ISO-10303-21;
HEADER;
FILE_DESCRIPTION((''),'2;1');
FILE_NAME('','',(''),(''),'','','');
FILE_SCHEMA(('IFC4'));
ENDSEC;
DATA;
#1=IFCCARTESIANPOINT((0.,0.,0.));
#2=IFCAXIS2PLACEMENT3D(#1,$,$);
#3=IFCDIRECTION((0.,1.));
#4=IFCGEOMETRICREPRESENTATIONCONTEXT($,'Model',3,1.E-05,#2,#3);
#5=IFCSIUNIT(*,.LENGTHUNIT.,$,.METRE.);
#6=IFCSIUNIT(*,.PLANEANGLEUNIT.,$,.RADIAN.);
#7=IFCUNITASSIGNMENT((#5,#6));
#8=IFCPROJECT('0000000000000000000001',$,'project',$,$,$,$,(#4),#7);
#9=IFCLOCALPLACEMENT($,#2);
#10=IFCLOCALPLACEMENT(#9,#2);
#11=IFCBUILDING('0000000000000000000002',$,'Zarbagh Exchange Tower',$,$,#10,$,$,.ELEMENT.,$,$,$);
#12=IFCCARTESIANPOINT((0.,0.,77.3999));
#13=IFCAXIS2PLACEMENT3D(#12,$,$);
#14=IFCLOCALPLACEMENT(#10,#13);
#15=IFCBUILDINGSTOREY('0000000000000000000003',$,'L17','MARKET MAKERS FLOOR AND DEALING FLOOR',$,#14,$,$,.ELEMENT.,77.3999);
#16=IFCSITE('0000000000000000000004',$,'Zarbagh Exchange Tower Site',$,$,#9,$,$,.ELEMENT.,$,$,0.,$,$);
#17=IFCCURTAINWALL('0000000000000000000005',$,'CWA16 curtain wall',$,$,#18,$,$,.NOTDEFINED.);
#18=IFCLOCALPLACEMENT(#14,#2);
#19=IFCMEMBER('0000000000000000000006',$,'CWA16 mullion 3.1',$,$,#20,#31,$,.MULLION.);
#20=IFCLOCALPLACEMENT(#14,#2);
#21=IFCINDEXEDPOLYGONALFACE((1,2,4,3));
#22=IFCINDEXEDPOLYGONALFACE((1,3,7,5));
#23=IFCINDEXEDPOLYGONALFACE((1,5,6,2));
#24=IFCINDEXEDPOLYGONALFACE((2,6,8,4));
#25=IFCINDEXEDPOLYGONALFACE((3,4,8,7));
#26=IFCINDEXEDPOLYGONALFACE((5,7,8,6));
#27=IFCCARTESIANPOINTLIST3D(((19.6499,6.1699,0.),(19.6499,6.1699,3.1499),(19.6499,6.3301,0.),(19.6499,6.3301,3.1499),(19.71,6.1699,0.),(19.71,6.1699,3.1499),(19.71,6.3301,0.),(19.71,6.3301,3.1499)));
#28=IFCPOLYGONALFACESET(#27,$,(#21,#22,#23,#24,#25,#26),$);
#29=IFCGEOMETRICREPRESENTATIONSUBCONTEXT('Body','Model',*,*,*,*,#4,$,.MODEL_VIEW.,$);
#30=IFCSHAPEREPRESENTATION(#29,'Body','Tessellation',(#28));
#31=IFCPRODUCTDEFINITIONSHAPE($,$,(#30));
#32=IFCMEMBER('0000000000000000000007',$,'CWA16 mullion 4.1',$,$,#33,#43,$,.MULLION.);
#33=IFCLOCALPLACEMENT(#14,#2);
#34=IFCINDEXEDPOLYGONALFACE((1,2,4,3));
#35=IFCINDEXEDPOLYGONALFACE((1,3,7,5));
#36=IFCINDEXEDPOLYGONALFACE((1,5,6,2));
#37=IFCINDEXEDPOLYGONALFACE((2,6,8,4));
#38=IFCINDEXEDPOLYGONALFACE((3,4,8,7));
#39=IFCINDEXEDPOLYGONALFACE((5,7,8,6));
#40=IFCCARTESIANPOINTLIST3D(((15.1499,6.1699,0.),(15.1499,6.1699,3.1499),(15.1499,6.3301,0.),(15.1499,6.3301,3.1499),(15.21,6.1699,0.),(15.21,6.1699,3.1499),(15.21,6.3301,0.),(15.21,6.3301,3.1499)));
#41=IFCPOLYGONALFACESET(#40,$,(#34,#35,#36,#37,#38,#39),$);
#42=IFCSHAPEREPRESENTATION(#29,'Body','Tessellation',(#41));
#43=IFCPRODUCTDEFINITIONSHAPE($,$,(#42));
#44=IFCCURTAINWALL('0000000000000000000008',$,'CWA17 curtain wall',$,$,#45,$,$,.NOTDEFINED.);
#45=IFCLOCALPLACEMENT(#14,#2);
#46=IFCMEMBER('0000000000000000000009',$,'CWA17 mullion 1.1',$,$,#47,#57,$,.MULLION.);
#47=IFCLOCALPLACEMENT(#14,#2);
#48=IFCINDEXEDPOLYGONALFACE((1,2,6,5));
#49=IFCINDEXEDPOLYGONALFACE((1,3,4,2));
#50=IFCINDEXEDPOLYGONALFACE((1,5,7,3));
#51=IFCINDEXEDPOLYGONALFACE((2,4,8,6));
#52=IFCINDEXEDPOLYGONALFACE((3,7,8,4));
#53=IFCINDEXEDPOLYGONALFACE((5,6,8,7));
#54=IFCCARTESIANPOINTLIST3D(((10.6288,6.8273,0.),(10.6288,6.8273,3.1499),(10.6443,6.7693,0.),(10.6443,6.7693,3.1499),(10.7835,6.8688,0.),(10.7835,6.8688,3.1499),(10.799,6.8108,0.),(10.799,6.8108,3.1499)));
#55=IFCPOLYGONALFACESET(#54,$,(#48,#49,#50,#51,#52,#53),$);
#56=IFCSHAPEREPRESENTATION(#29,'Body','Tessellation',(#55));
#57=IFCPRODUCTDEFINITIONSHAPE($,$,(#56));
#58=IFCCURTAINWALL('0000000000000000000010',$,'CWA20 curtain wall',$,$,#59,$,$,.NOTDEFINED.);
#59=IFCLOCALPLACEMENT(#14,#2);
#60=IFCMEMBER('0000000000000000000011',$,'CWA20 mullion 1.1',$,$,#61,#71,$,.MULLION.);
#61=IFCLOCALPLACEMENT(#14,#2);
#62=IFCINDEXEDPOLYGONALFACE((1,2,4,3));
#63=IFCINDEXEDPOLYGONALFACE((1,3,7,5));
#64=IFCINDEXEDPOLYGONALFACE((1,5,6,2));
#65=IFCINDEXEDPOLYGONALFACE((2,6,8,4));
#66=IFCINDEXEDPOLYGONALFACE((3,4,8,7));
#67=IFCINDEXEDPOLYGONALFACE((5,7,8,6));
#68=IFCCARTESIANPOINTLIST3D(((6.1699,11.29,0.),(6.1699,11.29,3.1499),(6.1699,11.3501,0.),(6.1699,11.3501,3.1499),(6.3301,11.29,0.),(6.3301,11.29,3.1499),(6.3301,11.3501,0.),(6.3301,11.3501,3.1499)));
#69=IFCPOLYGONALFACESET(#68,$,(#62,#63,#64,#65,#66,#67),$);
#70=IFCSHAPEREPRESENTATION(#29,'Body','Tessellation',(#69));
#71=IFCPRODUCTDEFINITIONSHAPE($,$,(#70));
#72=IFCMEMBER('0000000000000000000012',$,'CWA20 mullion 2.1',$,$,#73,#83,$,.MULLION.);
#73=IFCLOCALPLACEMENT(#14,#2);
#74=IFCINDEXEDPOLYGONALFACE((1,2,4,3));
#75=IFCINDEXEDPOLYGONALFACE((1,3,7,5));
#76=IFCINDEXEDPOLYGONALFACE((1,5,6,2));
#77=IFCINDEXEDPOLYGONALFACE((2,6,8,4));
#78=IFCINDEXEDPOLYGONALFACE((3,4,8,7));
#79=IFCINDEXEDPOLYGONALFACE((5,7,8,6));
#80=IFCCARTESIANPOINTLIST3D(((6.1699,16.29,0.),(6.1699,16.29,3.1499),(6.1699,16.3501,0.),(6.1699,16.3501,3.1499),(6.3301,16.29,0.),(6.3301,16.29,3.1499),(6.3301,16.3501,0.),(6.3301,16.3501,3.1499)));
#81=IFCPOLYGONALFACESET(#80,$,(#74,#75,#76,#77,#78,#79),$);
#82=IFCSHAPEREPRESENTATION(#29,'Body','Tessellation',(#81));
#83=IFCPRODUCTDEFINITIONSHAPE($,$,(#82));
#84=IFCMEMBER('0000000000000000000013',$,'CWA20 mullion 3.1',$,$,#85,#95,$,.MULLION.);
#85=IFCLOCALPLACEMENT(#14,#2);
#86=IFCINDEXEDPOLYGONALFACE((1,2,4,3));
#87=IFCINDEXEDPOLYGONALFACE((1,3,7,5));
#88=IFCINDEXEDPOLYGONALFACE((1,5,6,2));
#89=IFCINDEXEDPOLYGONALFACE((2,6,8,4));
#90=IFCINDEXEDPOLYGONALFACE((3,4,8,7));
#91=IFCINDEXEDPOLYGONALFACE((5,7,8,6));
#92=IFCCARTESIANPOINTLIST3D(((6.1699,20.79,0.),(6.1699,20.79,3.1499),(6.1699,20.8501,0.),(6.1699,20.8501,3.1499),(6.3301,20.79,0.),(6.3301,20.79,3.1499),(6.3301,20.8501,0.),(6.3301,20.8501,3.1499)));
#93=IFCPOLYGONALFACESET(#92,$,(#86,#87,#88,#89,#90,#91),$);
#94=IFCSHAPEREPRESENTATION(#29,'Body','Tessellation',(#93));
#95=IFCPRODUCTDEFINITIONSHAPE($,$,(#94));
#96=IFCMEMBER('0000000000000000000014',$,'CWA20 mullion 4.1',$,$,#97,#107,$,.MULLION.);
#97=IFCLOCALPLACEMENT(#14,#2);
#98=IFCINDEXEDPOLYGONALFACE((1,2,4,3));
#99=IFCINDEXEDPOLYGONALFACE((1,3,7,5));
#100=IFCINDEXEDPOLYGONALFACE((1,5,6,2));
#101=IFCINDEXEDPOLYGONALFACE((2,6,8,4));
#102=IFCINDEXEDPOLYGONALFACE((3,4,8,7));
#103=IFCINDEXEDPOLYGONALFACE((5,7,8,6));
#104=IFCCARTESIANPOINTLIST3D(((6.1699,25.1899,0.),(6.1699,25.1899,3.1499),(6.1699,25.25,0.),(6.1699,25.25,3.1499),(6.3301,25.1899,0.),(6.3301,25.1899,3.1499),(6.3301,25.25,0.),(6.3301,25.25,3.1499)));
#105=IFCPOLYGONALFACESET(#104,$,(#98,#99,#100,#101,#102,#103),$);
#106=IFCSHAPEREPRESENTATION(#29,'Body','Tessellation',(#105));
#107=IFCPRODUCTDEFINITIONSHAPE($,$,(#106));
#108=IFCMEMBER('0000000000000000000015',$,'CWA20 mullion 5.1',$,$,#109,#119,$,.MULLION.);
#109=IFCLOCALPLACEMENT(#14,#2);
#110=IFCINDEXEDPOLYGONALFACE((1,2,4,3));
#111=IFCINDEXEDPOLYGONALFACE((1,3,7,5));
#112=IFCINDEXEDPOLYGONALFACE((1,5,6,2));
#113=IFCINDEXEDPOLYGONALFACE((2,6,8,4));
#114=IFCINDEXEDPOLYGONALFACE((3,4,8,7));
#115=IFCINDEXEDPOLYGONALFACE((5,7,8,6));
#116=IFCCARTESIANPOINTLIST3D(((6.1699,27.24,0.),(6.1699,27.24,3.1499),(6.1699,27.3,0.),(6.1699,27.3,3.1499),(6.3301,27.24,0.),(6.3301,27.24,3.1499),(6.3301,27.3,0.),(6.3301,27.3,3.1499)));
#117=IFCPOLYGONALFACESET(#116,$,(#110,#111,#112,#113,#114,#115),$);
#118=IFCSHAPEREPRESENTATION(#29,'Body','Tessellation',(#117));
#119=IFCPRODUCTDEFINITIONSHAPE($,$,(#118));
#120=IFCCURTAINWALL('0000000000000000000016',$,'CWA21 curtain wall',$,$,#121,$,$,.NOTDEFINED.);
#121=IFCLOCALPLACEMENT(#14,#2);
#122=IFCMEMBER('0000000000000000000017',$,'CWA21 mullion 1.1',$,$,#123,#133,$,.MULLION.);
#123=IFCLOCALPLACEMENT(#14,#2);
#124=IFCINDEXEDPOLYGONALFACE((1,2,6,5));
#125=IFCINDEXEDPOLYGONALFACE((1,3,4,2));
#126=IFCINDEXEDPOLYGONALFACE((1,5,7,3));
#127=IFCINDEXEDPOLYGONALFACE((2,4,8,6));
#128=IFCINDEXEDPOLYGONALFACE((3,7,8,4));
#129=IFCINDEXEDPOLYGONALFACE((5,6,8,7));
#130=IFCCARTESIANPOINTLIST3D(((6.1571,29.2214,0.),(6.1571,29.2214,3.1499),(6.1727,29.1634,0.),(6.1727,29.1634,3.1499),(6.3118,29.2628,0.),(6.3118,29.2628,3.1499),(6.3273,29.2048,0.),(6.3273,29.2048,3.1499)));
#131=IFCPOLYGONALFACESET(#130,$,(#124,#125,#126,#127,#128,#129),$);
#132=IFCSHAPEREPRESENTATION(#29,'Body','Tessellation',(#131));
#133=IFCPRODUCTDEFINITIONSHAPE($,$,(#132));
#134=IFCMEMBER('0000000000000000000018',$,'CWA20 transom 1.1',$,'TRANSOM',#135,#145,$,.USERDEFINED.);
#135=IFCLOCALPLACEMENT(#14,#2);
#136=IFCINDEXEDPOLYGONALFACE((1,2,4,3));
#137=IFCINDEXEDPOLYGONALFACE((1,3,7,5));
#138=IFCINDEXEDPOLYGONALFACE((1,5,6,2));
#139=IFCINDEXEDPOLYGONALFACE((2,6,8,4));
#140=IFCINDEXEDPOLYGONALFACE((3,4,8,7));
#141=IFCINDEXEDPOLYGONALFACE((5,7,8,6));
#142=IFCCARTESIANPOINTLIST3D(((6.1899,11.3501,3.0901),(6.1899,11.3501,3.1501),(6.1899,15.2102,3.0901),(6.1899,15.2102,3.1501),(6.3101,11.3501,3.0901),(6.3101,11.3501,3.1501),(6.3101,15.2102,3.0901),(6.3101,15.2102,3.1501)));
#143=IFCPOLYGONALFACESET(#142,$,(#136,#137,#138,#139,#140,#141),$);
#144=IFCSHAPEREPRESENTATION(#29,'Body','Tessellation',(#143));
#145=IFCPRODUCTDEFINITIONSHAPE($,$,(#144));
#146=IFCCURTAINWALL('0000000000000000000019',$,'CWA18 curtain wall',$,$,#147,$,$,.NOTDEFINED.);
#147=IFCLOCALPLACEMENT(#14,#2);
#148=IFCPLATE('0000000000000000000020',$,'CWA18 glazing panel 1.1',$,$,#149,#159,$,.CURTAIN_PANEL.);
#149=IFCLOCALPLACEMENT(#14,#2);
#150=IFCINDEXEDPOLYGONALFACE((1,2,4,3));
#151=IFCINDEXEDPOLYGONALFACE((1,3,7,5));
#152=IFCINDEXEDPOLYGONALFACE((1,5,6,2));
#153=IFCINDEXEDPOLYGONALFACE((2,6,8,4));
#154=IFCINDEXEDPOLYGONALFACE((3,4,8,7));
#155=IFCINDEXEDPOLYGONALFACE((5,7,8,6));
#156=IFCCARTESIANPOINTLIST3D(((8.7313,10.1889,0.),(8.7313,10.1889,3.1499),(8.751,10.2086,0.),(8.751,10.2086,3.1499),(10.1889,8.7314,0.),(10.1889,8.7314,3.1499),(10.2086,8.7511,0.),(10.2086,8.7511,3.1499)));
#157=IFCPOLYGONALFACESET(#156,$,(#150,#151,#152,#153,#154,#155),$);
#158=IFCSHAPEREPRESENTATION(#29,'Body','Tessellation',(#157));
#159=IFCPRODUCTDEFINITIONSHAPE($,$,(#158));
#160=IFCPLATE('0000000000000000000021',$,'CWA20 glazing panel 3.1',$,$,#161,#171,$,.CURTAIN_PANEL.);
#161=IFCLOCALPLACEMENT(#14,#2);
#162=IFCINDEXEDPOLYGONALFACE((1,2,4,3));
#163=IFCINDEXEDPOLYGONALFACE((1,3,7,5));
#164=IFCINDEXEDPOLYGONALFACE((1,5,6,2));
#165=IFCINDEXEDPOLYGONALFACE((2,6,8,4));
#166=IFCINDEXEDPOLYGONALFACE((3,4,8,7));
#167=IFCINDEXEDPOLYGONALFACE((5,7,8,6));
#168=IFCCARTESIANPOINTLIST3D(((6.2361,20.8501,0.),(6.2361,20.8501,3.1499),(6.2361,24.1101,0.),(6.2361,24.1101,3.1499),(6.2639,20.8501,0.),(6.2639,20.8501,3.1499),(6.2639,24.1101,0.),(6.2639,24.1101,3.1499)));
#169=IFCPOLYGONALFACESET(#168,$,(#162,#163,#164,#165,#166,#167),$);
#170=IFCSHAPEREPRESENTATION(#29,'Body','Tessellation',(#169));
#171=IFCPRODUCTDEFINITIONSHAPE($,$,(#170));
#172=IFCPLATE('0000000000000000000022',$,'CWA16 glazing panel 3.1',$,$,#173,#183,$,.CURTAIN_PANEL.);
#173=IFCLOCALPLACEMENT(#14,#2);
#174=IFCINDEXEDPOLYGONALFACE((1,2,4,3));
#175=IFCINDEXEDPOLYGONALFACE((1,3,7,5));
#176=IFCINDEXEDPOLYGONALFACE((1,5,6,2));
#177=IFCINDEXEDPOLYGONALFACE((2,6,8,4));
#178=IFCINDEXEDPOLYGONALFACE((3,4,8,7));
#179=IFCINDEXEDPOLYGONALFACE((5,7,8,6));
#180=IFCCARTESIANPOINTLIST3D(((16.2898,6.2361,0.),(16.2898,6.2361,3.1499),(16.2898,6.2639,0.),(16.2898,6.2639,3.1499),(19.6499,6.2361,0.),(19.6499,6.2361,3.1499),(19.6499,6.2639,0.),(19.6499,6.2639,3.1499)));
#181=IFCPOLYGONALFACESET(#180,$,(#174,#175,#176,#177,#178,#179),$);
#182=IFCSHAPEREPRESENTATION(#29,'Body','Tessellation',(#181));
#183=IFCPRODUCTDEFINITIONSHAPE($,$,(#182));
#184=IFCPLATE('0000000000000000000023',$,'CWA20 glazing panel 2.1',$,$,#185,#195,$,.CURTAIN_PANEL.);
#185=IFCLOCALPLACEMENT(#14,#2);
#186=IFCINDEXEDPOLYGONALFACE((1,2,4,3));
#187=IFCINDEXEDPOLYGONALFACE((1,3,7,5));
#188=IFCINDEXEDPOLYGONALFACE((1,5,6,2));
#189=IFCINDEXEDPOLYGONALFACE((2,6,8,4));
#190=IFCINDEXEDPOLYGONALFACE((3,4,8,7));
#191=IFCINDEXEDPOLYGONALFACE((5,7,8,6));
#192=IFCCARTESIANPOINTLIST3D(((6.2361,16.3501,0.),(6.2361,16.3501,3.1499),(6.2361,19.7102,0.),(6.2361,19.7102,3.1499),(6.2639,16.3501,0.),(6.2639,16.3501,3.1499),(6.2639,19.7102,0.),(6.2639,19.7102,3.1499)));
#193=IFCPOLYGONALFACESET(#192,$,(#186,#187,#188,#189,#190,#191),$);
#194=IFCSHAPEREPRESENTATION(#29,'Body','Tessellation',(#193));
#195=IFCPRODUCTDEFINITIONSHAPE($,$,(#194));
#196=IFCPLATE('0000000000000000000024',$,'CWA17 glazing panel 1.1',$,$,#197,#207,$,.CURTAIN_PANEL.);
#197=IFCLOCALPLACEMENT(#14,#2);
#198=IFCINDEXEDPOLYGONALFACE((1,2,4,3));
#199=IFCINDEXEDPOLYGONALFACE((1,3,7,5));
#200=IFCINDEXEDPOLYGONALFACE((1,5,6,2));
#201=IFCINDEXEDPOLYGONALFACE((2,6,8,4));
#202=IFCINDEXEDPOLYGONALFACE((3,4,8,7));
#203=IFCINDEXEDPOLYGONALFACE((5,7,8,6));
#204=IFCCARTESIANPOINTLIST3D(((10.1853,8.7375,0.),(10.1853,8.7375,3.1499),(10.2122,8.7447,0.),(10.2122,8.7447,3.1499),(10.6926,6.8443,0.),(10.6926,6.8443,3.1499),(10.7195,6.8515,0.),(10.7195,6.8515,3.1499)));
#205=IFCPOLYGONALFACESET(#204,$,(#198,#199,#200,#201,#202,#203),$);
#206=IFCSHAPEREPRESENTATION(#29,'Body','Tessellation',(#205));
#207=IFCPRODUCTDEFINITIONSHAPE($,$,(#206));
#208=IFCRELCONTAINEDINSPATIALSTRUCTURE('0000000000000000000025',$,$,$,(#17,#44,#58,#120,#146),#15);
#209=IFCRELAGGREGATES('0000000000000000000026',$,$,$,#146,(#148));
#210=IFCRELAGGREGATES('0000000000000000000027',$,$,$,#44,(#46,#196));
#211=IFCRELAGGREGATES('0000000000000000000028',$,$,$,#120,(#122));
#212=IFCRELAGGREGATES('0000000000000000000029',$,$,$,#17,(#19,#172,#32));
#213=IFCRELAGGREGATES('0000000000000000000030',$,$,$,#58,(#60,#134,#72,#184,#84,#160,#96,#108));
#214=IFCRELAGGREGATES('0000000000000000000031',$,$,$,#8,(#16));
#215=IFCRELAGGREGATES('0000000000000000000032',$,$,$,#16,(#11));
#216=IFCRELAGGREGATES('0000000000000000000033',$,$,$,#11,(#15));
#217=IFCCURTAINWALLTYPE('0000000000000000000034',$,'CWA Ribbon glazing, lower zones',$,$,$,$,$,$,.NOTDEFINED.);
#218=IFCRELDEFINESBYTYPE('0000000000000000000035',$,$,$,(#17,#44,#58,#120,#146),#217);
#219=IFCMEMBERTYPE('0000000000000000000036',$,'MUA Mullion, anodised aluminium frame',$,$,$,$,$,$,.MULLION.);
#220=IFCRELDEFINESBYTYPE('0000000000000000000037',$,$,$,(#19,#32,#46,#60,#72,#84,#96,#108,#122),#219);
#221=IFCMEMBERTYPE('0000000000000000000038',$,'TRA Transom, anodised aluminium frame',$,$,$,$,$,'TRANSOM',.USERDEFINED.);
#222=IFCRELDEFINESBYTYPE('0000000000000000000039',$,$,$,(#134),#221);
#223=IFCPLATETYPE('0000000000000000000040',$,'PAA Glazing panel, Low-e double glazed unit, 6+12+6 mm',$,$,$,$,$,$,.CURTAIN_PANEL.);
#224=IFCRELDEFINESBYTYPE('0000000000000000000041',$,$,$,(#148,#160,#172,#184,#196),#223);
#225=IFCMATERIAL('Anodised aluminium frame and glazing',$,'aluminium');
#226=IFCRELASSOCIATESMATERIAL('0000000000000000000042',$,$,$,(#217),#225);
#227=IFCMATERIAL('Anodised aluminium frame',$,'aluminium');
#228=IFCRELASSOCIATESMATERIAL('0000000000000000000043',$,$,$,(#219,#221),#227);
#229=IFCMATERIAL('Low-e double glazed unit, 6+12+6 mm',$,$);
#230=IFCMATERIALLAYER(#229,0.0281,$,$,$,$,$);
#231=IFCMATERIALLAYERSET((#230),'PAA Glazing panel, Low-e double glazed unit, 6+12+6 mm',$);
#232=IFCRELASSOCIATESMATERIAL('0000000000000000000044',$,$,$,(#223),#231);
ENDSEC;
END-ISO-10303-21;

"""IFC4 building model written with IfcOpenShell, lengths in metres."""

from ifc_helpers import new_model, si_unit, direction, frame, origin, place, context, subcontext, project, spatial, polyline, outline, extrude, source, transform, mapped, material, layer, layer_set, type_object, element, aggregate, save


model = new_model("IFC4")

# Units and contexts
model_context = context("Model", 3, precision=1e-05, world=origin(), true_north=direction((0.0, 1.0)))
body_context = subcontext(model_context, "Body", "Model", "MODEL_VIEW")
ifc_project = project(units=[si_unit("LENGTHUNIT", "METRE"), si_unit("PLANEANGLEUNIT", "RADIAN")], contexts=[model_context])

# Site, building, storey
site_placement = place(None, origin())
site = spatial("IfcSite", under=ifc_project, at=site_placement, Name="Zarbagh Exchange Tower Site", CompositionType="ELEMENT", RefElevation=0.0)
building_placement = place(site_placement, origin())
building = spatial("IfcBuilding", under=site, at=building_placement, Name="Zarbagh Exchange Tower", CompositionType="ELEMENT")
storey_placement = place(building_placement, frame((0.0, 0.0, 77.3999)))
storey = spatial("IfcBuildingStorey", under=building, at=storey_placement, Name="L17", Description="MARKET MAKERS FLOOR AND DEALING FLOOR", CompositionType="ELEMENT", Elevation=77.3999)

# Curtain wall, members
ifc_material_1 = material(Name="Anodised aluminium frame and glazing", Category="aluminium")
curtain_wall_type = type_object("IfcCurtainWallType", Name="CWA Ribbon glazing, lower zones", PredefinedType="NOTDEFINED", material=ifc_material_1)
curtain_wall_1_placement = place(storey_placement, origin())
curtain_wall_1 = element("IfcCurtainWall", 1, at=curtain_wall_1_placement, inside=storey, type_object=curtain_wall_type, Name="CWA16 curtain wall", PredefinedType="NOTDEFINED")
ifc_material_2 = material(Name="Anodised aluminium frame", Category="aluminium")
member_type_1 = type_object("IfcMemberType", Name="MUA Mullion, anodised aluminium frame", PredefinedType="MULLION", material=ifc_material_2)
shared_shape_1 = source(origin(), body_context, "Body", "SweptSolid", [
    extrude(outline(polyline([(0.0, -0.0801), (0.0601, -0.0801), (0.0601, 0.0801), (0.0, 0.0801), (0.0, -0.0801)])), origin(), (0.0, 0.0, 1.0), 3.1499),
])
placement = place(storey_placement, origin())
member_1 = element("IfcMember", 2, at=placement, type_object=member_type_1, Name="CWA16 mullion 3.1", PredefinedType="MULLION", context=body_context, shape_type="MappedRepresentation", body=[
    mapped(shared_shape_1, transform((19.71, 6.25, 0.0), x_axis=(-1.0, 0.0, 0.0), y_axis=(0.0, -1.0, 0.0), z_axis=(0.0, 0.0, 1.0))),
])
member_2 = element("IfcMember", 3, at=placement, type_object=member_type_1, Name="CWA16 mullion 4.1", PredefinedType="MULLION", context=body_context, shape_type="MappedRepresentation", body=[
    mapped(shared_shape_1, transform((15.21, 6.25, 0.0), x_axis=(-1.0, 0.0, 0.0), y_axis=(0.0, -1.0, 0.0), z_axis=(0.0, 0.0, 1.0))),
])

# Curtain wall, member
curtain_wall_2_placement = place(storey_placement, origin())
curtain_wall_2 = element("IfcCurtainWall", 4, at=curtain_wall_2_placement, inside=storey, type_object=curtain_wall_type, Name="CWA17 curtain wall", PredefinedType="NOTDEFINED")
member_3 = element("IfcMember", 5, at=placement, type_object=member_type_1, Name="CWA17 mullion 1.1", PredefinedType="MULLION", context=body_context, shape_type="MappedRepresentation", body=[
    mapped(shared_shape_1, transform((10.7217, 6.79, 0.0), x_axis=(-0.258825, 0.965924, 0.0), y_axis=(-0.965924, -0.258825, 0.0), z_axis=(0.0, 0.0, 1.0))),
])

# Curtain wall, members
curtain_wall_3_placement = place(storey_placement, origin())
curtain_wall_3 = element("IfcCurtainWall", 6, at=curtain_wall_3_placement, inside=storey, type_object=curtain_wall_type, Name="CWA20 curtain wall", PredefinedType="NOTDEFINED")
member_4 = element("IfcMember", 7, at=placement, type_object=member_type_1, Name="CWA20 mullion 1.1", PredefinedType="MULLION", context=body_context, shape_type="MappedRepresentation", body=[
    mapped(shared_shape_1, transform((6.25, 11.29, 0.0), x_axis=(0.0, 1.0, 0.0), y_axis=(-1.0, 0.0, 0.0), z_axis=(0.0, 0.0, 1.0))),
])
member_5 = element("IfcMember", 8, at=placement, type_object=member_type_1, Name="CWA20 mullion 2.1", PredefinedType="MULLION", context=body_context, shape_type="MappedRepresentation", body=[
    mapped(shared_shape_1, transform((6.25, 16.29, 0.0), x_axis=(0.0, 1.0, 0.0), y_axis=(-1.0, 0.0, 0.0), z_axis=(0.0, 0.0, 1.0))),
])
member_6 = element("IfcMember", 9, at=placement, type_object=member_type_1, Name="CWA20 mullion 3.1", PredefinedType="MULLION", context=body_context, shape_type="MappedRepresentation", body=[
    mapped(shared_shape_1, transform((6.25, 20.79, 0.0), x_axis=(0.0, 1.0, 0.0), y_axis=(-1.0, 0.0, 0.0), z_axis=(0.0, 0.0, 1.0))),
])
member_7 = element("IfcMember", 10, at=placement, type_object=member_type_1, Name="CWA20 mullion 4.1", PredefinedType="MULLION", context=body_context, shape_type="MappedRepresentation", body=[
    mapped(shared_shape_1, transform((6.25, 25.1899, 0.0), x_axis=(0.0, 1.0, 0.0), y_axis=(-1.0, 0.0, 0.0), z_axis=(0.0, 0.0, 1.0))),
])
member_8 = element("IfcMember", 11, at=placement, type_object=member_type_1, Name="CWA20 mullion 5.1", PredefinedType="MULLION", context=body_context, shape_type="MappedRepresentation", body=[
    mapped(shared_shape_1, transform((6.25, 27.24, 0.0), x_axis=(0.0, 1.0, 0.0), y_axis=(-1.0, 0.0, 0.0), z_axis=(0.0, 0.0, 1.0))),
])

# Curtain wall, member
curtain_wall_4_placement = place(storey_placement, origin())
curtain_wall_4 = element("IfcCurtainWall", 12, at=curtain_wall_4_placement, inside=storey, type_object=curtain_wall_type, Name="CWA21 curtain wall", PredefinedType="NOTDEFINED")
member_9 = element("IfcMember", 13, at=placement, type_object=member_type_1, Name="CWA21 mullion 1.1", PredefinedType="MULLION", context=body_context, shape_type="MappedRepresentation", body=[
    mapped(shared_shape_1, transform((6.25, 29.1841, 0.0), x_axis=(-0.258825, 0.965924, 0.0), y_axis=(-0.965924, -0.258825, 0.0), z_axis=(0.0, 0.0, 1.0))),
])

# Member
member_type_2 = type_object("IfcMemberType", Name="TRA Transom, anodised aluminium frame", ElementType="TRANSOM", PredefinedType="USERDEFINED", material=ifc_material_2)
shared_shape_2 = source(origin(), body_context, "Body", "SweptSolid", [
    extrude(outline(polyline([(-0.0601, -0.0601), (0.0, -0.0601), (0.0, 0.0601), (-0.0601, 0.0601), (-0.0601, -0.0601)])), origin(), (0.0, 0.0, 1.0), 3.8601),
])
member_10 = element("IfcMember", 14, at=placement, type_object=member_type_2, Name="CWA20 transom 1.1", ObjectType="TRANSOM", PredefinedType="USERDEFINED", context=body_context, shape_type="MappedRepresentation", body=[
    mapped(shared_shape_2, transform((6.25, 11.3501, 3.1501), x_axis=(0.0, 0.0, 1.0), y_axis=(1.0, 0.0, 0.0), z_axis=(0.0, 1.0, 0.0))),
])

# Curtain wall, plate
curtain_wall_5_placement = place(storey_placement, origin())
curtain_wall_5 = element("IfcCurtainWall", 15, at=curtain_wall_5_placement, inside=storey, type_object=curtain_wall_type, Name="CWA18 curtain wall", PredefinedType="NOTDEFINED")
ifc_material_3 = material(Name="Low-e double glazed unit, 6+12+6 mm")
ifc_layer_1 = layer(ifc_material_3, 0.0281)
ifc_layer_set_1 = layer_set([ifc_layer_1], Name="PAA Glazing panel, Low-e double glazed unit, 6+12+6 mm")
plate_type = type_object("IfcPlateType", Name="PAA Glazing panel, Low-e double glazed unit, 6+12+6 mm", PredefinedType="CURTAIN_PANEL", material=ifc_layer_set_1)
shared_shape_3 = source(origin(), body_context, "Body", "SweptSolid", [
    extrude(outline(polyline([(0.0, -0.0139), (2.0613, -0.0139), (2.0613, 0.0139), (0.0, 0.0139), (0.0, -0.0139)])), origin(), (0.0, 0.0, 1.0), 3.1499),
])
plate_1 = element("IfcPlate", 16, at=placement, type_object=plate_type, Name="CWA18 glazing panel 1.1", PredefinedType="CURTAIN_PANEL", context=body_context, shape_type="MappedRepresentation", body=[
    mapped(shared_shape_3, transform((10.1987, 8.7412, 0.0), x_axis=(-0.707107, 0.707107, 0.0), y_axis=(-0.707107, -0.707107, 0.0), z_axis=(0.0, 0.0, 1.0))),
])
aggregate(curtain_wall_5, [plate_1])

# Plates
shared_shape_4 = source(origin(), body_context, "Body", "SweptSolid", [
    extrude(outline(polyline([(0.0, -0.0139), (3.26, -0.0139), (3.26, 0.0139), (0.0, 0.0139), (0.0, -0.0139)])), origin(), (0.0, 0.0, 1.0), 3.1499),
])
plate_2 = element("IfcPlate", 17, at=placement, type_object=plate_type, Name="CWA20 glazing panel 3.1", PredefinedType="CURTAIN_PANEL", context=body_context, shape_type="MappedRepresentation", body=[
    mapped(shared_shape_4, transform((6.25, 20.8501, 0.0), x_axis=(0.0, 1.0, 0.0), y_axis=(-1.0, 0.0, 0.0), z_axis=(0.0, 0.0, 1.0))),
])
shared_shape_5 = source(origin(), body_context, "Body", "SweptSolid", [
    extrude(outline(polyline([(0.0, -0.0139), (3.3601, -0.0139), (3.3601, 0.0139), (0.0, 0.0139), (0.0, -0.0139)])), origin(), (0.0, 0.0, 1.0), 3.1499),
])
plate_3 = element("IfcPlate", 18, at=placement, type_object=plate_type, Name="CWA16 glazing panel 3.1", PredefinedType="CURTAIN_PANEL", context=body_context, shape_type="MappedRepresentation", body=[
    mapped(shared_shape_5, transform((19.6499, 6.25, 0.0), x_axis=(-1.0, 0.0, 0.0), y_axis=(0.0, -1.0, 0.0), z_axis=(0.0, 0.0, 1.0))),
])
plate_4 = element("IfcPlate", 19, at=placement, type_object=plate_type, Name="CWA20 glazing panel 2.1", PredefinedType="CURTAIN_PANEL", context=body_context, shape_type="MappedRepresentation", body=[
    mapped(shared_shape_5, transform((6.25, 16.3501, 0.0), x_axis=(0.0, 1.0, 0.0), y_axis=(-1.0, 0.0, 0.0), z_axis=(0.0, 0.0, 1.0))),
])
shared_shape_6 = source(origin(), body_context, "Body", "SweptSolid", [
    extrude(outline(polyline([(0.0, -0.0139), (1.96, -0.0139), (1.96, 0.0139), (0.0, 0.0139), (0.0, -0.0139)])), origin(), (0.0, 0.0, 1.0), 3.1499),
])
plate_5 = element("IfcPlate", 20, at=placement, type_object=plate_type, Name="CWA17 glazing panel 1.1", PredefinedType="CURTAIN_PANEL", context=body_context, shape_type="MappedRepresentation", body=[
    mapped(shared_shape_6, transform((10.7061, 6.8479, 0.0), x_axis=(-0.258825, 0.965924, 0.0), y_axis=(-0.965924, -0.258825, 0.0), z_axis=(0.0, 0.0, 1.0))),
])
aggregate(curtain_wall_2, [member_3, plate_5])

aggregate(curtain_wall_4, [member_9])
aggregate(curtain_wall_1, [member_1, plate_3, member_2])
aggregate(curtain_wall_3, [member_4, member_10, member_5, plate_4, member_6, plate_2, member_7, member_8])

save(model, "model.ifc")
